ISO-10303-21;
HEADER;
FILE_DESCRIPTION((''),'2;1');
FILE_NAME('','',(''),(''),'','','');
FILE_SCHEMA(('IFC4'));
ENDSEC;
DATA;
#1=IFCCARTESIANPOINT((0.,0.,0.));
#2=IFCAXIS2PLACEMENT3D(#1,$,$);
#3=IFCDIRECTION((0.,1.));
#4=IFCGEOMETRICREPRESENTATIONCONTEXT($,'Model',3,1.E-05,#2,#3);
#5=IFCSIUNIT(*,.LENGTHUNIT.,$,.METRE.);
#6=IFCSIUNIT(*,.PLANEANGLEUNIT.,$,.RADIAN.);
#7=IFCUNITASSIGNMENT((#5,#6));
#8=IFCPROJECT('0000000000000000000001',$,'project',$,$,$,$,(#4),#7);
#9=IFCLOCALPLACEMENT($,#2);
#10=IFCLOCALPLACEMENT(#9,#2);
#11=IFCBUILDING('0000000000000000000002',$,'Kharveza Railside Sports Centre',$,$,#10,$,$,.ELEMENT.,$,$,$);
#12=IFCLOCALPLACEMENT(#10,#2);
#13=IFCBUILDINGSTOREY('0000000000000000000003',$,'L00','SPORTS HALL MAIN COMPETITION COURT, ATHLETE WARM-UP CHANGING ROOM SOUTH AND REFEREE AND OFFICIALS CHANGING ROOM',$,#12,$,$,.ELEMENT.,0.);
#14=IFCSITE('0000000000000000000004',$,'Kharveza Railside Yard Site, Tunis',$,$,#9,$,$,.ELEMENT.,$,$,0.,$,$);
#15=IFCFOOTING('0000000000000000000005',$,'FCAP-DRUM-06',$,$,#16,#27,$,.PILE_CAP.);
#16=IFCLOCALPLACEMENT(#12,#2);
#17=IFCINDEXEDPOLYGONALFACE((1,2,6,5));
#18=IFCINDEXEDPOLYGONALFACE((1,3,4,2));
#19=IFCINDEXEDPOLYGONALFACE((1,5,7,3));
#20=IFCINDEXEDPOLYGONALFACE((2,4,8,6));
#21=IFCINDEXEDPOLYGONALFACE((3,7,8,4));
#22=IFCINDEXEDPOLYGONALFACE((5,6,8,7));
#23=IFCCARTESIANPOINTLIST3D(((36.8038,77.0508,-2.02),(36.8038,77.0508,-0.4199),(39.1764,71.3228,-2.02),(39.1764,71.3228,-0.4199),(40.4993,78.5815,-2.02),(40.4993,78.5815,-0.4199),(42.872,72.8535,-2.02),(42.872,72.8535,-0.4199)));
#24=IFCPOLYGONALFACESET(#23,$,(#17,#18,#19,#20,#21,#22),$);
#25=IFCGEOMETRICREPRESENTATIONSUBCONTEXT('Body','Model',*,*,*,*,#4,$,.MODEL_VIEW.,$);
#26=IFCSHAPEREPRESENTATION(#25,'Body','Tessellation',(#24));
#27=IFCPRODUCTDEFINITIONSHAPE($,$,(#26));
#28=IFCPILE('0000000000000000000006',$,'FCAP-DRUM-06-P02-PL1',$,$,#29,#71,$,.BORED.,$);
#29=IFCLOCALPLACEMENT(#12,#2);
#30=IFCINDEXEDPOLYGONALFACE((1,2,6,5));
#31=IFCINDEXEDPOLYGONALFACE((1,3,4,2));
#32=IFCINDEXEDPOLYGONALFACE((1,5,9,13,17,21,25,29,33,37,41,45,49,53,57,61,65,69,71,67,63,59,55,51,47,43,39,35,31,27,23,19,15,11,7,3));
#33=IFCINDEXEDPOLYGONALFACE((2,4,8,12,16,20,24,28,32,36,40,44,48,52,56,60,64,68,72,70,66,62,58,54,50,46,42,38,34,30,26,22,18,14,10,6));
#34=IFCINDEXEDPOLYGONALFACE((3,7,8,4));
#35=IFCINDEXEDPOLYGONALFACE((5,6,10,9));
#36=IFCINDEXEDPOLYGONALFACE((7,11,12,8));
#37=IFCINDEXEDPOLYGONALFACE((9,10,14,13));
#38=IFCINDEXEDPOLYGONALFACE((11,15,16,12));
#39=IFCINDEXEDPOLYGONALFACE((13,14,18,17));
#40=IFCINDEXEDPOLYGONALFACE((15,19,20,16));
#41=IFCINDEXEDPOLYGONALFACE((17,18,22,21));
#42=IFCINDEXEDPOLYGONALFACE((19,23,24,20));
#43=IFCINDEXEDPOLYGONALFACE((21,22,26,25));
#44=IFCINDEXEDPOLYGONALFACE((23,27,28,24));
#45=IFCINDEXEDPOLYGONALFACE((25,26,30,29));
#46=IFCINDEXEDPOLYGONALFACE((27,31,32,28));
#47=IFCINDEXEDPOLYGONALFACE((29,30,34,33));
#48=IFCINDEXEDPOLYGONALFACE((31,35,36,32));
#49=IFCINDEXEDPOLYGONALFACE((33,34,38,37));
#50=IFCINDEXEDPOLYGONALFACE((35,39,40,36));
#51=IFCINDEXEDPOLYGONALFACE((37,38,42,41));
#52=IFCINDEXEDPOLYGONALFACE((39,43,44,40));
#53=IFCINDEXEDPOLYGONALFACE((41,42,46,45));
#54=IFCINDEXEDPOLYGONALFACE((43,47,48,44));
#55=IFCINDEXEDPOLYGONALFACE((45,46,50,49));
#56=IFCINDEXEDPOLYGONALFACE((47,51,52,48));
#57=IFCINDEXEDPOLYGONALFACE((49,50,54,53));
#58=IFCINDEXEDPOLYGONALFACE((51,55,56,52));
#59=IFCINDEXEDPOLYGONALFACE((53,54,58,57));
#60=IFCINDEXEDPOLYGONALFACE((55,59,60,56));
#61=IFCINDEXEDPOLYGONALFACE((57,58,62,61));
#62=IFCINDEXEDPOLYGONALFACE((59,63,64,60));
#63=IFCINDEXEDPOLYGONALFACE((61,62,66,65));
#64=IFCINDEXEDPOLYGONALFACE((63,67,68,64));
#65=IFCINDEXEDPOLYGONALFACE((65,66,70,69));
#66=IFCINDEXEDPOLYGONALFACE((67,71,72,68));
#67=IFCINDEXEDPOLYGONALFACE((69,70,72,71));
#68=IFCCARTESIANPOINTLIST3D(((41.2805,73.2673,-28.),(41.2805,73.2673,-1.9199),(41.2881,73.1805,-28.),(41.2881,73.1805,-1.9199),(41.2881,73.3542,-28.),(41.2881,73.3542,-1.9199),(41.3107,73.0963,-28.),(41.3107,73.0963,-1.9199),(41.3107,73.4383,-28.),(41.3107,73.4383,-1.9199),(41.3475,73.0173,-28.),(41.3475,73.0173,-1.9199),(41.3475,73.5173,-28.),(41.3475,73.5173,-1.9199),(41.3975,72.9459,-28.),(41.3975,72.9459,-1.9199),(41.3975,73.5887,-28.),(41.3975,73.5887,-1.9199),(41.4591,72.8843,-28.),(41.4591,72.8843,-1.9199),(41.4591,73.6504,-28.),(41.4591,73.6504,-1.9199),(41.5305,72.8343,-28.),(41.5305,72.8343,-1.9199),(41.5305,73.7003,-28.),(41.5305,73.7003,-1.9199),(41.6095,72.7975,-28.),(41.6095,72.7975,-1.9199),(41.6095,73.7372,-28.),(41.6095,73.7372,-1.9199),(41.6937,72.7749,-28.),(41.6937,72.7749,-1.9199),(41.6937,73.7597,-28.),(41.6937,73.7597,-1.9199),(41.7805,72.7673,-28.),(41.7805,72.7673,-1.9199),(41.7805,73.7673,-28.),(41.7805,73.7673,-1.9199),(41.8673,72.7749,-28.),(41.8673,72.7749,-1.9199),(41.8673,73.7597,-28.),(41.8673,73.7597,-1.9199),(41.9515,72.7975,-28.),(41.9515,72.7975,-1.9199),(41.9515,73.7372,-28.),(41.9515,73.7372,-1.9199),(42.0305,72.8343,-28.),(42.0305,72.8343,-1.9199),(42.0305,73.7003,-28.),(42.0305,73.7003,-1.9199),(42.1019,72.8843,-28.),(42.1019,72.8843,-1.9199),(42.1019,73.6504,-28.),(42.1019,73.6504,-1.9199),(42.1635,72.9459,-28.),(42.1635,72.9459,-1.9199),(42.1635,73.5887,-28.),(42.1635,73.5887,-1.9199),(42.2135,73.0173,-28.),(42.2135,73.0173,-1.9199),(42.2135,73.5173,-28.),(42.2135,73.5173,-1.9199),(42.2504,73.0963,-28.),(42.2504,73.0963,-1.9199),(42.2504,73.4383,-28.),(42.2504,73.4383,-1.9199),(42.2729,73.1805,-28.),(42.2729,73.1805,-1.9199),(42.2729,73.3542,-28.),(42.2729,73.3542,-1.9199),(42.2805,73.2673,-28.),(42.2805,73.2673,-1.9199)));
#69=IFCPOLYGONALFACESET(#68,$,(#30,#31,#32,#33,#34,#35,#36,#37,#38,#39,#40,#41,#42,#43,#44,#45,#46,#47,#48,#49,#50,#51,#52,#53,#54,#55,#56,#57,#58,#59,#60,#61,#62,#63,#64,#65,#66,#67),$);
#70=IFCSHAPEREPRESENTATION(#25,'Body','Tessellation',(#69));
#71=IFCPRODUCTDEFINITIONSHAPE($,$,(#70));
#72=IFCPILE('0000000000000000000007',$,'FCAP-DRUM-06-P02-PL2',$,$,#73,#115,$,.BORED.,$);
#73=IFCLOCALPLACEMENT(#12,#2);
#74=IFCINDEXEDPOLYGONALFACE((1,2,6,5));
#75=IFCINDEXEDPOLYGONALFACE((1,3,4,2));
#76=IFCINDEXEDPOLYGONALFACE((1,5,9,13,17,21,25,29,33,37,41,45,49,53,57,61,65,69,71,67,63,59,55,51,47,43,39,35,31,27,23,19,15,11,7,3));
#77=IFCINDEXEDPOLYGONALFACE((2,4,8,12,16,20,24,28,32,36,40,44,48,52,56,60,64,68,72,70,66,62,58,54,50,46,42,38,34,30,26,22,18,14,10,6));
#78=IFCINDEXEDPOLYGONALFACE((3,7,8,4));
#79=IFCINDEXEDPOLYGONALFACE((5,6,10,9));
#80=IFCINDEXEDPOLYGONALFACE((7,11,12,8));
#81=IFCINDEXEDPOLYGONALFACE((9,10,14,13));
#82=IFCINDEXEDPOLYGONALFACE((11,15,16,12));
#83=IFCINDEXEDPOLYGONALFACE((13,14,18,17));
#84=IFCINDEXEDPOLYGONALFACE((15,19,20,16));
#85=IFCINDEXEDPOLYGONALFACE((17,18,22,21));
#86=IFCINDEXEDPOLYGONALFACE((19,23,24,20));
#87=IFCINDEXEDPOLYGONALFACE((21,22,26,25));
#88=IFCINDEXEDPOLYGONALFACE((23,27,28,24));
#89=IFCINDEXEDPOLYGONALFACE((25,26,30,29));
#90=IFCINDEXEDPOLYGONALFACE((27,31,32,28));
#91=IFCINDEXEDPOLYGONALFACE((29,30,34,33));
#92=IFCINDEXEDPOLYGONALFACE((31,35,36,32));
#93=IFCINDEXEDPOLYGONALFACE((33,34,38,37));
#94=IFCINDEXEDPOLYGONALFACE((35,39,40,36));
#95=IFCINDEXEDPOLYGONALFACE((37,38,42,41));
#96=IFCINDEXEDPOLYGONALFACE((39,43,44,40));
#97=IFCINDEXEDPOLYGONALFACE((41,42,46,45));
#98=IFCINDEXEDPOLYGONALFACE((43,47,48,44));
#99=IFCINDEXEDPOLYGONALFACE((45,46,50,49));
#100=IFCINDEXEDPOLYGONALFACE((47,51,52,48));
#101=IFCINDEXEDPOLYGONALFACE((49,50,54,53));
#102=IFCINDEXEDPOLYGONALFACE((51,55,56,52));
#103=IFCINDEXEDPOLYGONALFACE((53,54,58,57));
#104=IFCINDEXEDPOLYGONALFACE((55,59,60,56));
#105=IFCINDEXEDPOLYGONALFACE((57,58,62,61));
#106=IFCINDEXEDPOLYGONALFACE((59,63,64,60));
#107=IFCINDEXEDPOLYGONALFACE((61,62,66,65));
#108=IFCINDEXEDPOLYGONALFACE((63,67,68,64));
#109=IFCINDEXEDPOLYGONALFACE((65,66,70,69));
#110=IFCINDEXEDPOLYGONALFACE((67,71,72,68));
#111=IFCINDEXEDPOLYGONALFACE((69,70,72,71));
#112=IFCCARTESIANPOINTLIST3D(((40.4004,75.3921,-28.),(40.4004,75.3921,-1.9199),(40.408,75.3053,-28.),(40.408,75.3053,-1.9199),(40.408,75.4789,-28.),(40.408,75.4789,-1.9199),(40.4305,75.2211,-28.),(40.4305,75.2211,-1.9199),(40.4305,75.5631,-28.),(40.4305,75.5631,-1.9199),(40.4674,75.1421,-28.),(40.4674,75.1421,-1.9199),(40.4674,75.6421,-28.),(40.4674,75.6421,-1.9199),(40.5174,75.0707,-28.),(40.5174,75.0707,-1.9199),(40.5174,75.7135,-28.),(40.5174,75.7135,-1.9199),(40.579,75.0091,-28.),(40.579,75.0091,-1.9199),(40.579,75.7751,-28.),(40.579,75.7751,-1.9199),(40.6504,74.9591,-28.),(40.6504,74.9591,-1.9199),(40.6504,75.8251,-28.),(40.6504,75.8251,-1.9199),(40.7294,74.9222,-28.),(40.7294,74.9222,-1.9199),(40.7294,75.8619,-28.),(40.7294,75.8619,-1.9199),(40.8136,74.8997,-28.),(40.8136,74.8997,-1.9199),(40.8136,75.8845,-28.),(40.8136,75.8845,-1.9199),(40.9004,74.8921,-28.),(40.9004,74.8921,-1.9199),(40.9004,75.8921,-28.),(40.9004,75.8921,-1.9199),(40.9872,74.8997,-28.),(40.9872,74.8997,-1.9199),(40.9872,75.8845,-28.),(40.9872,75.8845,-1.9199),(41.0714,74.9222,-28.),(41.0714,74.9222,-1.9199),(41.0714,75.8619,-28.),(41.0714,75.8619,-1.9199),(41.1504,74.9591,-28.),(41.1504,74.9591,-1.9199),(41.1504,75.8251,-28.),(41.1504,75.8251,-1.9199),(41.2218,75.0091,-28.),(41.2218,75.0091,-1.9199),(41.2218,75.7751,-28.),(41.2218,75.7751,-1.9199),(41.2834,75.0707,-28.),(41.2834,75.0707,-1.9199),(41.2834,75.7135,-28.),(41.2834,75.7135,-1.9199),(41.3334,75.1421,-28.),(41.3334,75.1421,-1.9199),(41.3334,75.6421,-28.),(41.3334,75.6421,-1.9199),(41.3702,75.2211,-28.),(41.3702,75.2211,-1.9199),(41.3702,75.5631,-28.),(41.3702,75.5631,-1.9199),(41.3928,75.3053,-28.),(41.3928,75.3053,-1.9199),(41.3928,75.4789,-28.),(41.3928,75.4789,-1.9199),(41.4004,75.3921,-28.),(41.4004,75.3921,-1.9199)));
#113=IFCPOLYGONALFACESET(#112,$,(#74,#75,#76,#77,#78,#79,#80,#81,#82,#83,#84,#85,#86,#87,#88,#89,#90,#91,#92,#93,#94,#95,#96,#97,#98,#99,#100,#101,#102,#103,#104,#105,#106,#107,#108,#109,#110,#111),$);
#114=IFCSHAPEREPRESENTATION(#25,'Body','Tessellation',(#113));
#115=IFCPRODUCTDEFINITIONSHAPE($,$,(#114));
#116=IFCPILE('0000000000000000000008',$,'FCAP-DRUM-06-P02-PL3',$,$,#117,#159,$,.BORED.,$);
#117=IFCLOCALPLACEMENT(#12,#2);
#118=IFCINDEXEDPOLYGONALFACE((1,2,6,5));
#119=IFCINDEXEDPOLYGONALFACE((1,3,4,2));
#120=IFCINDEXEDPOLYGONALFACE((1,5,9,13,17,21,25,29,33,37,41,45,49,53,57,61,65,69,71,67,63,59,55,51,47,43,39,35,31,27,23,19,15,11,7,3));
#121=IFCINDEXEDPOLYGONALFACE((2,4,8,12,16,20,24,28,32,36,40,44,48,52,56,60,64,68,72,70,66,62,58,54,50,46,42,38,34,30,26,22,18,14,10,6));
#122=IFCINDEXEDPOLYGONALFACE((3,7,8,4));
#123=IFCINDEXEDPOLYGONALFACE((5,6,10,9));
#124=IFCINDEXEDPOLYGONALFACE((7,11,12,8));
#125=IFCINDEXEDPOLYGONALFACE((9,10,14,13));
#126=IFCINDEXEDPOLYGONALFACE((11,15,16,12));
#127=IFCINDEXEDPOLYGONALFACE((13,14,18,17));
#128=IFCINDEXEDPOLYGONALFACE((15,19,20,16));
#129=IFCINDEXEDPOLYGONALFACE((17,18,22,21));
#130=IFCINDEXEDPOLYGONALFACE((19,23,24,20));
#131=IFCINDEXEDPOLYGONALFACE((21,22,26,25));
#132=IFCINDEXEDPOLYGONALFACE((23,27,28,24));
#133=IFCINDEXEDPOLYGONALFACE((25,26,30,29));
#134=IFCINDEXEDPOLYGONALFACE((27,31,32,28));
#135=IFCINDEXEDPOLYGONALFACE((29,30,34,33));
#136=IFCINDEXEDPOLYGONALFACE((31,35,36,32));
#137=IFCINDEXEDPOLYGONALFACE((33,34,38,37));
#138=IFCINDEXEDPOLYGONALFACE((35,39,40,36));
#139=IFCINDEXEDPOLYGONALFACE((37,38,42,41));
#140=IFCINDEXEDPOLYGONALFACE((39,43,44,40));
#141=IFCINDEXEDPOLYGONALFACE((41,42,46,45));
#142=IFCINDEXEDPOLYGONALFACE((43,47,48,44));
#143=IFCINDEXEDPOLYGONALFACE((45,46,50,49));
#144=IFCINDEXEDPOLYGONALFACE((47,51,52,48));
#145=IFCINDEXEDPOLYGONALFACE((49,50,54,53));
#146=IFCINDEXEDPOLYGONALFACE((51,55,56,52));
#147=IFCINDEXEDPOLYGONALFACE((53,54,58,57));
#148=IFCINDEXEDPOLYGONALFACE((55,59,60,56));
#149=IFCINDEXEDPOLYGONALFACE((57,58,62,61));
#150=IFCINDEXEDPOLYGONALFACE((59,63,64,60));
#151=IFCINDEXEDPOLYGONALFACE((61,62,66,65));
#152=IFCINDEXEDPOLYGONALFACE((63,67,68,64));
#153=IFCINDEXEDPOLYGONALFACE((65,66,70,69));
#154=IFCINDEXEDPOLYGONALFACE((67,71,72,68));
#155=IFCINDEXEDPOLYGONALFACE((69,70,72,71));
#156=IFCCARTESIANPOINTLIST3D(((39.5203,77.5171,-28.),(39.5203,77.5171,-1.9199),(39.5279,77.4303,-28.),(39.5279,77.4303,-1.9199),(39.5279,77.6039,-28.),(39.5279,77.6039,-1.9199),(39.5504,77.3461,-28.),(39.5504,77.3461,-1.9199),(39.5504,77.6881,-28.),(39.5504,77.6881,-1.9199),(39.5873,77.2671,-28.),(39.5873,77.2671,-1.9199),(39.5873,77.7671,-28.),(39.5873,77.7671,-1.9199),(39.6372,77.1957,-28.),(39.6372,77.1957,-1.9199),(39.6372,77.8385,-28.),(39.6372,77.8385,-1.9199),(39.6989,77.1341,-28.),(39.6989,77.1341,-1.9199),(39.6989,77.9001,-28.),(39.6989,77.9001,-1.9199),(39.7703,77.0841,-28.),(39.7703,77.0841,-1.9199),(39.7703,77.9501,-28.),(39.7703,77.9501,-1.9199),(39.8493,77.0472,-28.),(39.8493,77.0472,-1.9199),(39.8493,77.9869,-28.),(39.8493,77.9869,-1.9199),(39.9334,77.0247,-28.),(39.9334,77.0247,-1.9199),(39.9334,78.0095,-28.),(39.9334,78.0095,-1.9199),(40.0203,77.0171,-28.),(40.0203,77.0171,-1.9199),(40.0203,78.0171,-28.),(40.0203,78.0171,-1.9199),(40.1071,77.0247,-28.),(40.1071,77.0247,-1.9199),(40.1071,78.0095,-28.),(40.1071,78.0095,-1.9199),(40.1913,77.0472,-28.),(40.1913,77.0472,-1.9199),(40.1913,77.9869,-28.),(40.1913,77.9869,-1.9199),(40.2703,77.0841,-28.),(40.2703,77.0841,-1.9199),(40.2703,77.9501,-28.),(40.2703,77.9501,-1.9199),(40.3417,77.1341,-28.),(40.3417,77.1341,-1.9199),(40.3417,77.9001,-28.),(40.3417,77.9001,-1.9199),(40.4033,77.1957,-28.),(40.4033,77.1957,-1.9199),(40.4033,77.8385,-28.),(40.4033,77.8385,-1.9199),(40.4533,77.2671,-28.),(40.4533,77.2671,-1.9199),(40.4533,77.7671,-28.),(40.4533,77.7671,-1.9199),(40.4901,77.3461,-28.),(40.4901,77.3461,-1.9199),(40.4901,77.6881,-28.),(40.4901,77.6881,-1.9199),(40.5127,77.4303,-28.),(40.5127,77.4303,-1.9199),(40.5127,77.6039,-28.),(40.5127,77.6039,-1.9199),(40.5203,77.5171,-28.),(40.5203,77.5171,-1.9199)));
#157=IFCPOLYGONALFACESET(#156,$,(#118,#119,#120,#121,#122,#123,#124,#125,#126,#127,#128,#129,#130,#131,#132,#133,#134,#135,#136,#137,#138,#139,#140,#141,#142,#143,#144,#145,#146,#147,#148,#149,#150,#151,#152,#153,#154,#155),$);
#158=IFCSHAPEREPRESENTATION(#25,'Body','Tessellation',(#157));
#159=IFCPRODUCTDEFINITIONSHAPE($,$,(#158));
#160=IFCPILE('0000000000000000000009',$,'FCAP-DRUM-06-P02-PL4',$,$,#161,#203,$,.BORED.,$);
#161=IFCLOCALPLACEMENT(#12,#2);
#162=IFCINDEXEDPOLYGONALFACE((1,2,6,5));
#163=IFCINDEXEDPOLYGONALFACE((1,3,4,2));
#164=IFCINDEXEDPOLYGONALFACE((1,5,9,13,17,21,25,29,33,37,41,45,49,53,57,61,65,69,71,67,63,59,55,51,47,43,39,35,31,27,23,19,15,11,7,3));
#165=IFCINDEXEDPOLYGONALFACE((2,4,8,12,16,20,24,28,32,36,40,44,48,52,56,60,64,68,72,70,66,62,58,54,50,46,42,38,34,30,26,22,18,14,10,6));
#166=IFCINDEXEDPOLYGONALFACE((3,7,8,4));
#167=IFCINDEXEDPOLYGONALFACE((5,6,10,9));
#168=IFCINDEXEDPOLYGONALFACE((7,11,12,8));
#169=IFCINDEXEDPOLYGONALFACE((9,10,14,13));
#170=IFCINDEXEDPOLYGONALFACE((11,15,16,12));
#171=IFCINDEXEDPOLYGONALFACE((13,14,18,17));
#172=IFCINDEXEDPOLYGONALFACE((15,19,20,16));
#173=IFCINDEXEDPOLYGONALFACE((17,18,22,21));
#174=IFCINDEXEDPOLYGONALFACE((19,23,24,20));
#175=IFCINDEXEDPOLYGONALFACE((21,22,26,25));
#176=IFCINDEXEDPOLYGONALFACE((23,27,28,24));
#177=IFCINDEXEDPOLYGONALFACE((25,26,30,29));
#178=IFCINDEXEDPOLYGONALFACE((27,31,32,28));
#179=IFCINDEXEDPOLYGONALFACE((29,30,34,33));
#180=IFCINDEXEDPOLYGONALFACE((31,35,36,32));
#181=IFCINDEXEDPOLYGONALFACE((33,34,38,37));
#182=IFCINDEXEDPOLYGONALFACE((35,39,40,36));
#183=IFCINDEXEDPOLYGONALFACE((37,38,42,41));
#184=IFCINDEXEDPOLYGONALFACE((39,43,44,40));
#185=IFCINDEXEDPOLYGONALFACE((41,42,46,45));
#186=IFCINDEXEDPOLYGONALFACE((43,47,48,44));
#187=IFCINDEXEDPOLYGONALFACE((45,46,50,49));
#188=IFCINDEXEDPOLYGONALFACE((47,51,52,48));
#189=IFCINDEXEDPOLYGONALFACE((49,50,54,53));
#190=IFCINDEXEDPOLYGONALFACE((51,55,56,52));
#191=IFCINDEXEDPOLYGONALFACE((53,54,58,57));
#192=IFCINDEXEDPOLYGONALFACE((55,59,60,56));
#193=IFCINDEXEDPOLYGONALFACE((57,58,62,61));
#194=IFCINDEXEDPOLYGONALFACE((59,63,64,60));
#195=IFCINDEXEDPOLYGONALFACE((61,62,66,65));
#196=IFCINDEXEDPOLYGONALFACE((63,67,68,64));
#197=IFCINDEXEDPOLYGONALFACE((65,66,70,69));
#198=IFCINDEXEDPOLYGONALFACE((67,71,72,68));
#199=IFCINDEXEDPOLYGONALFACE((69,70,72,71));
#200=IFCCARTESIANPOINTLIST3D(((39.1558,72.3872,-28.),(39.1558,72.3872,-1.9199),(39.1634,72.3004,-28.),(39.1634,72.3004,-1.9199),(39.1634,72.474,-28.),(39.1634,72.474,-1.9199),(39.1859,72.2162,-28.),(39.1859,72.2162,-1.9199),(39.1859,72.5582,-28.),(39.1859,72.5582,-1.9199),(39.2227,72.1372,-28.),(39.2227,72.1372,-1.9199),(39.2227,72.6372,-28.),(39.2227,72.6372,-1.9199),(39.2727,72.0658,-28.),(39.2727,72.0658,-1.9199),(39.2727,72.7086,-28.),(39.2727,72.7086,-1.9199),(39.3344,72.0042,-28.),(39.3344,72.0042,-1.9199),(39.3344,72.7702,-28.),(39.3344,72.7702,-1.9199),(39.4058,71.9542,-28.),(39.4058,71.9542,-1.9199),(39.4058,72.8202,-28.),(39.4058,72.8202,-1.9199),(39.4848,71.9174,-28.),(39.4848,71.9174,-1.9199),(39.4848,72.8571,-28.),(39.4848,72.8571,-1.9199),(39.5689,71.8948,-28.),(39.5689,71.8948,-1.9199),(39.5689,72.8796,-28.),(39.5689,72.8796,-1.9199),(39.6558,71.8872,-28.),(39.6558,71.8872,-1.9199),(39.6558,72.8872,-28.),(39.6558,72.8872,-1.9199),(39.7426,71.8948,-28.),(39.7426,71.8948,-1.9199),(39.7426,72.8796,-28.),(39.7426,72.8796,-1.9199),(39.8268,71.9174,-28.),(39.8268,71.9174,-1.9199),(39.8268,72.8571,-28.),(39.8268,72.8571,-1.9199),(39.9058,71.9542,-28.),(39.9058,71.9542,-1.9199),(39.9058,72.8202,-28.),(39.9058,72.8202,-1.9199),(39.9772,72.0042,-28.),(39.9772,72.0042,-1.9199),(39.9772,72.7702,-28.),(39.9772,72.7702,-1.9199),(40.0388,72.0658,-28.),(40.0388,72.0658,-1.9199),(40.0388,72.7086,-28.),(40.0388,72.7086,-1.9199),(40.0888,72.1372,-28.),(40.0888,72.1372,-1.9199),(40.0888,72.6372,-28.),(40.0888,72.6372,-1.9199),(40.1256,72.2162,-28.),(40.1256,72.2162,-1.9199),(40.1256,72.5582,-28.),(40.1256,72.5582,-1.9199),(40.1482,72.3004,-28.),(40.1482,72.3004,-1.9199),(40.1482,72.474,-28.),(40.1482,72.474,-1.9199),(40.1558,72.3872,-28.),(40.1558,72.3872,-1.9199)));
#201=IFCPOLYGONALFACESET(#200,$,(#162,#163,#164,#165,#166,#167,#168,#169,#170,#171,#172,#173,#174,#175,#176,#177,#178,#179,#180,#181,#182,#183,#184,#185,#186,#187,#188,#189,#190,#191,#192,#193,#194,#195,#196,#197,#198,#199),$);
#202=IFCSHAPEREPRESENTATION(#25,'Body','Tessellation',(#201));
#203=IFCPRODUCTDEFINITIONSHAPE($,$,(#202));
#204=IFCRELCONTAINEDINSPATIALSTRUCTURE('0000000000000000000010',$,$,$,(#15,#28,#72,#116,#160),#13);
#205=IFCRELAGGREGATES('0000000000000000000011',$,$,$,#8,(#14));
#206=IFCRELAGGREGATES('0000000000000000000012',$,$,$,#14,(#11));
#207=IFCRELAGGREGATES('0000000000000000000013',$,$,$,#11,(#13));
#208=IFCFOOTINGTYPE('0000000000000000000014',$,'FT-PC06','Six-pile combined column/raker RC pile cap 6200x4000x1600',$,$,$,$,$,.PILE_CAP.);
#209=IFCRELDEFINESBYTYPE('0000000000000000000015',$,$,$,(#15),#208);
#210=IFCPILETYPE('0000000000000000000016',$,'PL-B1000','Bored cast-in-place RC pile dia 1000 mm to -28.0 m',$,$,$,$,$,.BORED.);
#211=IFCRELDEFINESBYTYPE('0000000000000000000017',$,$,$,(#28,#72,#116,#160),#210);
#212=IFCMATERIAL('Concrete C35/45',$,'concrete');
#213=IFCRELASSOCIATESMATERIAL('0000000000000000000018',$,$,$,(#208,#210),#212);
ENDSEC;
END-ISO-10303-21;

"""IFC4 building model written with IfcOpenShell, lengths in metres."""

from ifc_helpers import new_model, si_unit, direction, frame, origin, origin_2d, place, context, subcontext, project, spatial, rectangle, circle, extrude, material, material_profile, profile_set, type_object, element, save


model = new_model("IFC4")

# Units and contexts
model_context = context("Model", 3, precision=1e-05, world=origin(), true_north=direction((0.0, 1.0)))
body_context = subcontext(model_context, "Body", "Model", "MODEL_VIEW")
ifc_project = project(units=[si_unit("LENGTHUNIT", "METRE"), si_unit("PLANEANGLEUNIT", "RADIAN")], contexts=[model_context])

# Site, building, storey
site_placement = place(None, origin())
site = spatial("IfcSite", under=ifc_project, at=site_placement, Name="Kharveza Railside Yard Site, Tunis", CompositionType="ELEMENT", RefElevation=0.0)
building_placement = place(site_placement, origin())
building = spatial("IfcBuilding", under=site, at=building_placement, Name="Kharveza Railside Sports Centre", CompositionType="ELEMENT")
storey_placement = place(building_placement, origin())
storey = spatial("IfcBuildingStorey", under=building, at=storey_placement, Name="L00", Description="SPORTS HALL MAIN COMPETITION COURT, ATHLETE WARM-UP CHANGING ROOM SOUTH AND REFEREE AND OFFICIALS CHANGING ROOM", CompositionType="ELEMENT", Elevation=0.0)

# Footing
ifc_material_1 = material(Name="Concrete C35/45", Category="concrete")
footing_type = type_object("IfcFootingType", Name="FT-PC06", Description="Six-pile combined column/raker RC pile cap 6200x4000x1600", PredefinedType="PILE_CAP", material=ifc_material_1)
footing_placement = place(storey_placement, frame((39.8379, 74.9521, -2.02), z_axis=(0.0, 0.0, 1.0), x_axis=(-0.382683, 0.92388, 0.0)))
element("IfcFooting", 1, at=footing_placement, inside=storey, type_object=footing_type, Name="FCAP-DRUM-06", PredefinedType="PILE_CAP", context=body_context, shape_type="SweptSolid", body=[
    extrude(rectangle(XDim=6.2, YDim=4.0, at=origin_2d()), origin(), (0.0, 0.0, 1.0), 1.6001),
])

# Piles
ifc_material_profile_1 = material_profile(ifc_material_1, circle(Radius=0.5, at=origin_2d()), Name="PILE D1000")
ifc_profile_set_1 = profile_set([ifc_material_profile_1], Name="Concrete C35/45")
pile_type = type_object("IfcPileType", Name="PL-B1000", Description="Bored cast-in-place RC pile dia 1000 mm to -28.0 m", PredefinedType="BORED", material=ifc_profile_set_1)
for number, where, z_axis, x_axis, name in (
    (2, (41.7805, 73.2673, -1.9199), (0.0, 0.0, -1.0), (1.0, 0.0, 0.0), "FCAP-DRUM-06-P02-PL1"),
    (3, (40.9004, 75.3921, -1.9199), (0.0, 0.0, -1.0), (1.0, 0.0, 0.0), "FCAP-DRUM-06-P02-PL2"),
    (4, (40.0203, 77.5171, -1.9199), (0.0, 0.0, -1.0), (1.0, 0.0, 0.0), "FCAP-DRUM-06-P02-PL3"),
    (5, (39.6558, 72.3872, -1.9199), (0.0, 0.0, -1.0), (1.0, 0.0, 0.0), "FCAP-DRUM-06-P02-PL4"),
):
    element("IfcPile", number, at=place(storey_placement, frame(where, z_axis=z_axis, x_axis=x_axis)), inside=storey, type_object=pile_type, Name=name, PredefinedType="BORED", context=body_context, shape_type="SweptSolid", body=[
        extrude(circle(Radius=0.5, at=origin_2d()), origin(), (0.0, 0.0, 1.0), 26.0801),
    ])

save(model, "model.ifc")
